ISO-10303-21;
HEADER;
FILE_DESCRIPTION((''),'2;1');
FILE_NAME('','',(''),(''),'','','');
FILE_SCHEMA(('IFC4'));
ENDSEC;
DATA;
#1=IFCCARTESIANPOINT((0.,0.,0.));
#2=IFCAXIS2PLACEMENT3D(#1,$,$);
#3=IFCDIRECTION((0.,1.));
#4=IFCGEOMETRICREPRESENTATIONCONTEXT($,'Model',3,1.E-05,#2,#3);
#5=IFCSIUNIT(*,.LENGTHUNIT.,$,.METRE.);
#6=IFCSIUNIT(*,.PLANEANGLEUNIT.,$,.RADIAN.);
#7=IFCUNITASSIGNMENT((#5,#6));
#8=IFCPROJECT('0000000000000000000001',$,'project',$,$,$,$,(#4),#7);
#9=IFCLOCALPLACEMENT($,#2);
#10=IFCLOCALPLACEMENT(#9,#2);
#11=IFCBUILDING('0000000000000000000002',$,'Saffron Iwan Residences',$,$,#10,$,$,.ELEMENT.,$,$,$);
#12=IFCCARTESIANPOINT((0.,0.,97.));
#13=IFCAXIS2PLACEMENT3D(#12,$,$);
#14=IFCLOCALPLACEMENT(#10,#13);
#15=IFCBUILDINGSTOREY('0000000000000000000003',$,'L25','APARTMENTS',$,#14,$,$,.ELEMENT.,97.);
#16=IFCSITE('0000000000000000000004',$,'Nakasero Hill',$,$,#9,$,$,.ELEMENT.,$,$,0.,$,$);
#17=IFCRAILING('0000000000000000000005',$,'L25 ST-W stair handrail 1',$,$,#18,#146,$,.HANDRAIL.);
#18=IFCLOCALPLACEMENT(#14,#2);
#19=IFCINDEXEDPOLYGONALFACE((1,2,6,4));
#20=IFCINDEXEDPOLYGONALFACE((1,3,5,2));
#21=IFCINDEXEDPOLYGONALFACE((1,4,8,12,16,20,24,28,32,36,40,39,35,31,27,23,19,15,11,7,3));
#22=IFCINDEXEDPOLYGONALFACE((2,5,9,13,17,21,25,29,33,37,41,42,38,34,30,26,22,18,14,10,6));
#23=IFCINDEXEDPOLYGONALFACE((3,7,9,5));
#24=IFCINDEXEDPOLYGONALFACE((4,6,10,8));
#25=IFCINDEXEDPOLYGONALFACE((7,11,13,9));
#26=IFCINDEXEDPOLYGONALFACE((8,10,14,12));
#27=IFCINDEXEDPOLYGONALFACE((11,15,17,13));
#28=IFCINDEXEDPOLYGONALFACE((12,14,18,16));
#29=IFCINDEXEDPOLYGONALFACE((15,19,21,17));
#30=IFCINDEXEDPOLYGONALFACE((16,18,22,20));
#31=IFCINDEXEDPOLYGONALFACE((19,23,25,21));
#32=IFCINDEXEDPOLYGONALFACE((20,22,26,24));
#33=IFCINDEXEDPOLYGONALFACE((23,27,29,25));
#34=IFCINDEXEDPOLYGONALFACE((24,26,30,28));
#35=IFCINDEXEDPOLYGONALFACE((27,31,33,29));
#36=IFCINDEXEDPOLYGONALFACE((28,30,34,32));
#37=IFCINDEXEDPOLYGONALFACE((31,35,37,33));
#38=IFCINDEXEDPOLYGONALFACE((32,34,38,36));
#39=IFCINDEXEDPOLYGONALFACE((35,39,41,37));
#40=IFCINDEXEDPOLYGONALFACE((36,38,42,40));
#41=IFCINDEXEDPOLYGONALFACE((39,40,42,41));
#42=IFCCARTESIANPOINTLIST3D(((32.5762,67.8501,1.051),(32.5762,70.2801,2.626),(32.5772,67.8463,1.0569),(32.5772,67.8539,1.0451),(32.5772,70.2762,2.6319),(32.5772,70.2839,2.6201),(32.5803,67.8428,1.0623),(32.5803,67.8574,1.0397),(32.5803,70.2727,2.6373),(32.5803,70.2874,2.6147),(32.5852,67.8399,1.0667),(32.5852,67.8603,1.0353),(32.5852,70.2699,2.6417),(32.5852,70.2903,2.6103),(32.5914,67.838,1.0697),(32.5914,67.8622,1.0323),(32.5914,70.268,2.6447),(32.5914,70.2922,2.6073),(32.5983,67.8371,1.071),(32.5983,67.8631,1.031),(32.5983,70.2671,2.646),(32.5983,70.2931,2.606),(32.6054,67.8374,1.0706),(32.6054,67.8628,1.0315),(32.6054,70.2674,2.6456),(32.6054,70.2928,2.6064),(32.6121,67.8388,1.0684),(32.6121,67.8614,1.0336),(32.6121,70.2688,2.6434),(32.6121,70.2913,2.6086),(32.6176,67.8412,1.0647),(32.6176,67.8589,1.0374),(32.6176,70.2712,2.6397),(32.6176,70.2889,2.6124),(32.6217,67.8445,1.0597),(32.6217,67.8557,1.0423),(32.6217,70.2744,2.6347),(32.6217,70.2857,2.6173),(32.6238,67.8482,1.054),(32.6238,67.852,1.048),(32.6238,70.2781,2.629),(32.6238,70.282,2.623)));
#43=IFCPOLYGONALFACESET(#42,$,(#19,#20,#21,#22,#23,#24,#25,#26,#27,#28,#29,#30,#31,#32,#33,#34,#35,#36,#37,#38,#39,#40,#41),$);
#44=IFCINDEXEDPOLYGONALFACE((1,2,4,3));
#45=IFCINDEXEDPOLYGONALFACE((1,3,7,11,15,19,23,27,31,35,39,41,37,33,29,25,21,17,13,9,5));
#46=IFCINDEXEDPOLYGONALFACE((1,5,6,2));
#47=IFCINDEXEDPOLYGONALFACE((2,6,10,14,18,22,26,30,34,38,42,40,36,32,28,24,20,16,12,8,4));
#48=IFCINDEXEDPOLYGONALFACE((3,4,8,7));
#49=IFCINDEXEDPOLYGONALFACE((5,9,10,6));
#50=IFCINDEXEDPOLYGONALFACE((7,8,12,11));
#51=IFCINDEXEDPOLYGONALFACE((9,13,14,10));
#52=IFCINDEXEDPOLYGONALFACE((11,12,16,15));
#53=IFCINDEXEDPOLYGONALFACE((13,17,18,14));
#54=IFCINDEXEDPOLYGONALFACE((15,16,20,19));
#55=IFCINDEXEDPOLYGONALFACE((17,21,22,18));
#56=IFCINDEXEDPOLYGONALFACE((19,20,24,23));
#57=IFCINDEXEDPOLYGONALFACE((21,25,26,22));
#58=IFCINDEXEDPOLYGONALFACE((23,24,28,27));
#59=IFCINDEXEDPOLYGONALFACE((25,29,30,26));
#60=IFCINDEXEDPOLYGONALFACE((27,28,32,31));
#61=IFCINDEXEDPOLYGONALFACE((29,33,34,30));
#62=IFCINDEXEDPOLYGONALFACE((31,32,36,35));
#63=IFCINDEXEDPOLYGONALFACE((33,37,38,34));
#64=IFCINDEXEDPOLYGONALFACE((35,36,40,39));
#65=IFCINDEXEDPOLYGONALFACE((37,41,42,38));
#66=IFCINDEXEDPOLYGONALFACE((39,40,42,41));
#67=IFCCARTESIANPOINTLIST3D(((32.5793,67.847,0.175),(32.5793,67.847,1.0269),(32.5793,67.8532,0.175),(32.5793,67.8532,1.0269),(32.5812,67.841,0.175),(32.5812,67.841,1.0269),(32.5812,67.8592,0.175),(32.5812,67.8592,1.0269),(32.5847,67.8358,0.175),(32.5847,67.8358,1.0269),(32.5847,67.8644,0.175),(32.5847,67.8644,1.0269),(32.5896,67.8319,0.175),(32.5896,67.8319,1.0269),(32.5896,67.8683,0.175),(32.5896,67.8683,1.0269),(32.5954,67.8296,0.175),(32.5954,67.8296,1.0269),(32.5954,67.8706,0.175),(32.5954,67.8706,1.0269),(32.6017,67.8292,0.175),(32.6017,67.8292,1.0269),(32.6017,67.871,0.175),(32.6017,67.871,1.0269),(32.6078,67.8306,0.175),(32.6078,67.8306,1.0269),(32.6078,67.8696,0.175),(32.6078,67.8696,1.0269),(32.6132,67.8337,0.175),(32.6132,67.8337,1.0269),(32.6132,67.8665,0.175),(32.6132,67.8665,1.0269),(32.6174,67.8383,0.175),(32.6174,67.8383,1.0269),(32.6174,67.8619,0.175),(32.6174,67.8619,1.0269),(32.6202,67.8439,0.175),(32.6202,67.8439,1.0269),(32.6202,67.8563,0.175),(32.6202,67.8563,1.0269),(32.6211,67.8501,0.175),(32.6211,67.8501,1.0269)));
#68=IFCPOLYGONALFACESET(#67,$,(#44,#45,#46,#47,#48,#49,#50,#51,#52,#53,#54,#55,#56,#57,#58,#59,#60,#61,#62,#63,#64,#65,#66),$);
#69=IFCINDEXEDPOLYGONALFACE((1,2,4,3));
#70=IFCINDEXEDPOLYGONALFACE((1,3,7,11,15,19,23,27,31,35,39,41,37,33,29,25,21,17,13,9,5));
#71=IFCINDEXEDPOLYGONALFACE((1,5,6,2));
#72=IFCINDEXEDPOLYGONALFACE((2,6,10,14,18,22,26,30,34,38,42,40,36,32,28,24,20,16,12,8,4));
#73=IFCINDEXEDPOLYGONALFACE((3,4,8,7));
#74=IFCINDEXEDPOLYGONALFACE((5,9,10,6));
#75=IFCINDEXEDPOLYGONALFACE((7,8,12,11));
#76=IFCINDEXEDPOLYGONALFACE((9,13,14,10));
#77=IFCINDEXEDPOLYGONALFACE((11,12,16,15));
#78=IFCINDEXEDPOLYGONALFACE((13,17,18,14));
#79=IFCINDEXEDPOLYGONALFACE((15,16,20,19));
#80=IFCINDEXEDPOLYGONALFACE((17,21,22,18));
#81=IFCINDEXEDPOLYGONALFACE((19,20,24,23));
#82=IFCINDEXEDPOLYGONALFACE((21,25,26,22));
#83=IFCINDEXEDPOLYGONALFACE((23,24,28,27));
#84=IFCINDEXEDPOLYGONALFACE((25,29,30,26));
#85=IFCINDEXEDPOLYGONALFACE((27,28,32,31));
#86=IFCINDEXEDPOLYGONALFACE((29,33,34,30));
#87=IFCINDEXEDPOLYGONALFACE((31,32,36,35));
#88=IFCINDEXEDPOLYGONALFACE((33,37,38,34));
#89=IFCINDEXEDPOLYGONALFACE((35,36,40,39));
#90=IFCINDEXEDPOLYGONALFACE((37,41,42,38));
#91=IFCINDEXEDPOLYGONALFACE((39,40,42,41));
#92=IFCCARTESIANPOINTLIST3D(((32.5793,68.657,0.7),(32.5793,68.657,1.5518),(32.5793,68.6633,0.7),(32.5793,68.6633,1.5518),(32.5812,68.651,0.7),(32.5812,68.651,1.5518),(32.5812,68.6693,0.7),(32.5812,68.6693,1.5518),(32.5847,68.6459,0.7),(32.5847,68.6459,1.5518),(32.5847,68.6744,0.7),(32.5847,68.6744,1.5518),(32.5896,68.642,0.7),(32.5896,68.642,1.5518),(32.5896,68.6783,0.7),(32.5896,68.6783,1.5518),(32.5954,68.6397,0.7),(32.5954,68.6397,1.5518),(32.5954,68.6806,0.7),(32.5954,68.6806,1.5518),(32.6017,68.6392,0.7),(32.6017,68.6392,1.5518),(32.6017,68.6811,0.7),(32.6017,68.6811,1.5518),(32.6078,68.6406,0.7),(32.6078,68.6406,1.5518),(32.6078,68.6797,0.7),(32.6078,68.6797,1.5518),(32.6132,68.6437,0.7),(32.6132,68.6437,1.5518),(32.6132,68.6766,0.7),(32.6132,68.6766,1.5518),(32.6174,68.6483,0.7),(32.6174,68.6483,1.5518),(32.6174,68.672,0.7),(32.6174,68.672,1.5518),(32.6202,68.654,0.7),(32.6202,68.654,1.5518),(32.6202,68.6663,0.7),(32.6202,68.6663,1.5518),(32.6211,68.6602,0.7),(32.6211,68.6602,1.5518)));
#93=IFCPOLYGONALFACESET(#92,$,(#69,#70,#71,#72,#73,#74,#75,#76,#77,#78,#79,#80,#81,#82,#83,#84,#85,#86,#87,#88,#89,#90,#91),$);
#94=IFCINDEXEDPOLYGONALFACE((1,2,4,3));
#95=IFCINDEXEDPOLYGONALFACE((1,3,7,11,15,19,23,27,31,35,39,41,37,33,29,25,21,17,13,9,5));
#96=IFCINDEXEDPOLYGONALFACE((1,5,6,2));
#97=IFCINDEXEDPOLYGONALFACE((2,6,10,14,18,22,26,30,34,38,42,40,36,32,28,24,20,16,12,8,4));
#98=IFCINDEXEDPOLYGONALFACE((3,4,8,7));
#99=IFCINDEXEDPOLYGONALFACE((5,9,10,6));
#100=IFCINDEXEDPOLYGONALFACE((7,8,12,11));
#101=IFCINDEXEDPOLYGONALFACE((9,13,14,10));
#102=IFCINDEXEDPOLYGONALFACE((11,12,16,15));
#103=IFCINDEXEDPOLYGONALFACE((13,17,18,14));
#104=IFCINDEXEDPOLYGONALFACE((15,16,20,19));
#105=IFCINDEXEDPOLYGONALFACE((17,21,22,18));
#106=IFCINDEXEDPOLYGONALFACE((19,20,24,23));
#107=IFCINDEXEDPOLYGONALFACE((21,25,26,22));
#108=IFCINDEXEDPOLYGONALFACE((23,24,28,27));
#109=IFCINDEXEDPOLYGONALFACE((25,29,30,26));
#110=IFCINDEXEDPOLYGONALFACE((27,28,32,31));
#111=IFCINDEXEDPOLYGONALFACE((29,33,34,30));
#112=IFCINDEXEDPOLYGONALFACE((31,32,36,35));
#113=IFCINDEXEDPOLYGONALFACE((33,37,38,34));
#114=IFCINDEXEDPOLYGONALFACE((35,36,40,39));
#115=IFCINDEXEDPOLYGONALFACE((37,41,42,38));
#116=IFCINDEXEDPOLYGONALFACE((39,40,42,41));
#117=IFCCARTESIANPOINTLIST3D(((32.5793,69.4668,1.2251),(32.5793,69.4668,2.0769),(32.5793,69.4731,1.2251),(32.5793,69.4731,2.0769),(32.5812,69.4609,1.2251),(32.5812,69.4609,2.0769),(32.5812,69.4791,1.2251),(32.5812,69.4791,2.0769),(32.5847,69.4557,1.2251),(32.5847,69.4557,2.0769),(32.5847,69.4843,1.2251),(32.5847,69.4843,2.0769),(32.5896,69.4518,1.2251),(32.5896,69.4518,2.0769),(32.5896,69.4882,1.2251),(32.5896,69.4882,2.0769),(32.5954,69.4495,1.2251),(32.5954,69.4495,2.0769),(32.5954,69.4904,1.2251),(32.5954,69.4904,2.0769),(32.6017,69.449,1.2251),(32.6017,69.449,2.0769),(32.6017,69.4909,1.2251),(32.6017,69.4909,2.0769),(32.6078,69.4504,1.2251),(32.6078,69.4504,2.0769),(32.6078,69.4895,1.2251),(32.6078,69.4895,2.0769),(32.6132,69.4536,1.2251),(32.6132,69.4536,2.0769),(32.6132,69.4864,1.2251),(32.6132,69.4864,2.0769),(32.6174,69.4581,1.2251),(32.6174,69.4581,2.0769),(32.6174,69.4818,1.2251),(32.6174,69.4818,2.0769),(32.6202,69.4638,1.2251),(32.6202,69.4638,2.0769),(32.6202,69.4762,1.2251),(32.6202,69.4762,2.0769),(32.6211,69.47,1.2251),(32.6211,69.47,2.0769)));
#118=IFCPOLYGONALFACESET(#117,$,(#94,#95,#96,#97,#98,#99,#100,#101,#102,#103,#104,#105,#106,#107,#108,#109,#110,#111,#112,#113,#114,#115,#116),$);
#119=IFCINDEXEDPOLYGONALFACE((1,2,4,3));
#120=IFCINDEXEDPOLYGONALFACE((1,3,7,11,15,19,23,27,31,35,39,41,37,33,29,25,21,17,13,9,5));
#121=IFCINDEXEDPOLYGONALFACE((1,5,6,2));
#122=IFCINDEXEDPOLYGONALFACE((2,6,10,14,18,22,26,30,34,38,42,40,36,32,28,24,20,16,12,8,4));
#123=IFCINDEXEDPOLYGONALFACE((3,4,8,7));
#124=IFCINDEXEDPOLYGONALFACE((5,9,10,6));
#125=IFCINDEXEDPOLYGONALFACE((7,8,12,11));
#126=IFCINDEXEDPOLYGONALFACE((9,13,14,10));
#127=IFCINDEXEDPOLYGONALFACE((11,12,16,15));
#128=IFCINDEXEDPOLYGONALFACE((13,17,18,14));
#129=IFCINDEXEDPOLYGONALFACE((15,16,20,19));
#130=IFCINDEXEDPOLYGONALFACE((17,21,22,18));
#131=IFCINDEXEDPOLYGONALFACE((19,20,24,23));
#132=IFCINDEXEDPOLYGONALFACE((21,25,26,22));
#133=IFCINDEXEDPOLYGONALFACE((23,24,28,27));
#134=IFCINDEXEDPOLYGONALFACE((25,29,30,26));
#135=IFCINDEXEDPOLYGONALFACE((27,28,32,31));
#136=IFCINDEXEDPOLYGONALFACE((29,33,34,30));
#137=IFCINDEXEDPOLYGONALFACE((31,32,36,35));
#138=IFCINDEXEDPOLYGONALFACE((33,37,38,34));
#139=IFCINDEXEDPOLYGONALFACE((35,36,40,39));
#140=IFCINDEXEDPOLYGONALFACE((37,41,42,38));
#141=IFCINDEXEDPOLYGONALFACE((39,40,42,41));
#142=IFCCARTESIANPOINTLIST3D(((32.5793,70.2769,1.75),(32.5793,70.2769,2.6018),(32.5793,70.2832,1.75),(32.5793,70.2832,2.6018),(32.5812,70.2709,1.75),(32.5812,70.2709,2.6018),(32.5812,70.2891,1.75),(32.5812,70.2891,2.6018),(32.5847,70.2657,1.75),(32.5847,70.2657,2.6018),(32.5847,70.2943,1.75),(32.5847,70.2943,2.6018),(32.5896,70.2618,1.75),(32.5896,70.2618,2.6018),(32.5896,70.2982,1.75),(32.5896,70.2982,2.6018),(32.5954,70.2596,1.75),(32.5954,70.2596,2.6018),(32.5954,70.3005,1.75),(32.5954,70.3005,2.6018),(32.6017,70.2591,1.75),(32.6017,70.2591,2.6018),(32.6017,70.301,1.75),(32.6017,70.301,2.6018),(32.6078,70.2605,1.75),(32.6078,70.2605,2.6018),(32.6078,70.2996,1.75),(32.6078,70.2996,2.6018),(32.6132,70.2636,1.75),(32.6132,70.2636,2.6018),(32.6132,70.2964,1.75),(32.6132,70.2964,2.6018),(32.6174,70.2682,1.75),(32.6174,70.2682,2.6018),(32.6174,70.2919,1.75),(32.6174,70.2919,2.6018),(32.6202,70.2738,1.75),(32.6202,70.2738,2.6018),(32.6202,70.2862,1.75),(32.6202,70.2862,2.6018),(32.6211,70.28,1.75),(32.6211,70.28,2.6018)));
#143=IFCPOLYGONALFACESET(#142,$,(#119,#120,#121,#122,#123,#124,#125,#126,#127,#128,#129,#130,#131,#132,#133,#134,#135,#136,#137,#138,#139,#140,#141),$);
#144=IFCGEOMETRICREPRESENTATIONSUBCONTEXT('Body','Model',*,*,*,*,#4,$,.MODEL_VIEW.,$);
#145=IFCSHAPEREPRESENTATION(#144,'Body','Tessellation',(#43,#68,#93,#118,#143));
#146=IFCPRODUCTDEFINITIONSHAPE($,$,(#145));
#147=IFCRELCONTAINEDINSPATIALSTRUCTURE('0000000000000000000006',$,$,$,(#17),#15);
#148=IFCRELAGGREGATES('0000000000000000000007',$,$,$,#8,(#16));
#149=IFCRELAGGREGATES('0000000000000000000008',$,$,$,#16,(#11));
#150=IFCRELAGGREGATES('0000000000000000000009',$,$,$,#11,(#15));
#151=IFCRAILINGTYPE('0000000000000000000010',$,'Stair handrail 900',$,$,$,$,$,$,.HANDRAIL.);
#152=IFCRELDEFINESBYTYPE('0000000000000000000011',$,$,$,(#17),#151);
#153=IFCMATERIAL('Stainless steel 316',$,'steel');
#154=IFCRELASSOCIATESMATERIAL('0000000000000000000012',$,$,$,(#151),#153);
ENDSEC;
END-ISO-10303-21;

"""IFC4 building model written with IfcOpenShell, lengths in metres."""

from ifc_helpers import new_model, si_unit, direction, frame, origin, origin_2d, place, context, subcontext, project, spatial, circle, extrude, material, type_object, element, save


model = new_model("IFC4")

# Units and contexts
model_context = context("Model", 3, precision=1e-05, world=origin(), true_north=direction((0.0, 1.0)))
body_context = subcontext(model_context, "Body", "Model", "MODEL_VIEW")
ifc_project = project(units=[si_unit("LENGTHUNIT", "METRE"), si_unit("PLANEANGLEUNIT", "RADIAN")], contexts=[model_context])

# Site, building, storey
site_placement = place(None, origin())
site = spatial("IfcSite", under=ifc_project, at=site_placement, Name="Nakasero Hill", CompositionType="ELEMENT", RefElevation=0.0)
building_placement = place(site_placement, origin())
building = spatial("IfcBuilding", under=site, at=building_placement, Name="Saffron Iwan Residences", CompositionType="ELEMENT")
storey_placement = place(building_placement, frame((0.0, 0.0, 97.0)))
storey = spatial("IfcBuildingStorey", under=building, at=storey_placement, Name="L25", Description="APARTMENTS", CompositionType="ELEMENT", Elevation=97.0)

# Railing
ifc_material_1 = material(Name="Stainless steel 316", Category="steel")
railing_type_1 = type_object("IfcRailingType", Name="Stair handrail 900", PredefinedType="HANDRAIL", material=ifc_material_1)
railing_1_placement = place(storey_placement, frame((32.6001, 67.8501, 0.175)))
element("IfcRailing", 1, at=railing_1_placement, inside=storey, type_object=railing_type_1, Name="L25 ST-W stair handrail 1", PredefinedType="HANDRAIL", context=body_context, shape_type="SweptSolid", body=[
    extrude(circle(Radius=0.0239, at=origin_2d()), frame((0.0, 0.0, 0.876), z_axis=(0.0, 0.839154, 0.543894), x_axis=(-1.0, 0.0, 0.0)), (0.0, 0.0, 1.0), 2.8958),
    extrude(circle(Radius=0.021, at=origin_2d()), origin(), (0.0, 0.0, 1.0), 0.8518),
    extrude(circle(Radius=0.021, at=origin_2d()), frame((0.0, 0.8101, 0.5249)), (0.0, 0.0, 1.0), 0.8518),
    extrude(circle(Radius=0.021, at=origin_2d()), frame((0.0, 1.6199, 1.05)), (0.0, 0.0, 1.0), 0.8518),
    extrude(circle(Radius=0.021, at=origin_2d()), frame((0.0, 2.4299, 1.575)), (0.0, 0.0, 1.0), 0.8518),
])

save(model, "model.ifc")
